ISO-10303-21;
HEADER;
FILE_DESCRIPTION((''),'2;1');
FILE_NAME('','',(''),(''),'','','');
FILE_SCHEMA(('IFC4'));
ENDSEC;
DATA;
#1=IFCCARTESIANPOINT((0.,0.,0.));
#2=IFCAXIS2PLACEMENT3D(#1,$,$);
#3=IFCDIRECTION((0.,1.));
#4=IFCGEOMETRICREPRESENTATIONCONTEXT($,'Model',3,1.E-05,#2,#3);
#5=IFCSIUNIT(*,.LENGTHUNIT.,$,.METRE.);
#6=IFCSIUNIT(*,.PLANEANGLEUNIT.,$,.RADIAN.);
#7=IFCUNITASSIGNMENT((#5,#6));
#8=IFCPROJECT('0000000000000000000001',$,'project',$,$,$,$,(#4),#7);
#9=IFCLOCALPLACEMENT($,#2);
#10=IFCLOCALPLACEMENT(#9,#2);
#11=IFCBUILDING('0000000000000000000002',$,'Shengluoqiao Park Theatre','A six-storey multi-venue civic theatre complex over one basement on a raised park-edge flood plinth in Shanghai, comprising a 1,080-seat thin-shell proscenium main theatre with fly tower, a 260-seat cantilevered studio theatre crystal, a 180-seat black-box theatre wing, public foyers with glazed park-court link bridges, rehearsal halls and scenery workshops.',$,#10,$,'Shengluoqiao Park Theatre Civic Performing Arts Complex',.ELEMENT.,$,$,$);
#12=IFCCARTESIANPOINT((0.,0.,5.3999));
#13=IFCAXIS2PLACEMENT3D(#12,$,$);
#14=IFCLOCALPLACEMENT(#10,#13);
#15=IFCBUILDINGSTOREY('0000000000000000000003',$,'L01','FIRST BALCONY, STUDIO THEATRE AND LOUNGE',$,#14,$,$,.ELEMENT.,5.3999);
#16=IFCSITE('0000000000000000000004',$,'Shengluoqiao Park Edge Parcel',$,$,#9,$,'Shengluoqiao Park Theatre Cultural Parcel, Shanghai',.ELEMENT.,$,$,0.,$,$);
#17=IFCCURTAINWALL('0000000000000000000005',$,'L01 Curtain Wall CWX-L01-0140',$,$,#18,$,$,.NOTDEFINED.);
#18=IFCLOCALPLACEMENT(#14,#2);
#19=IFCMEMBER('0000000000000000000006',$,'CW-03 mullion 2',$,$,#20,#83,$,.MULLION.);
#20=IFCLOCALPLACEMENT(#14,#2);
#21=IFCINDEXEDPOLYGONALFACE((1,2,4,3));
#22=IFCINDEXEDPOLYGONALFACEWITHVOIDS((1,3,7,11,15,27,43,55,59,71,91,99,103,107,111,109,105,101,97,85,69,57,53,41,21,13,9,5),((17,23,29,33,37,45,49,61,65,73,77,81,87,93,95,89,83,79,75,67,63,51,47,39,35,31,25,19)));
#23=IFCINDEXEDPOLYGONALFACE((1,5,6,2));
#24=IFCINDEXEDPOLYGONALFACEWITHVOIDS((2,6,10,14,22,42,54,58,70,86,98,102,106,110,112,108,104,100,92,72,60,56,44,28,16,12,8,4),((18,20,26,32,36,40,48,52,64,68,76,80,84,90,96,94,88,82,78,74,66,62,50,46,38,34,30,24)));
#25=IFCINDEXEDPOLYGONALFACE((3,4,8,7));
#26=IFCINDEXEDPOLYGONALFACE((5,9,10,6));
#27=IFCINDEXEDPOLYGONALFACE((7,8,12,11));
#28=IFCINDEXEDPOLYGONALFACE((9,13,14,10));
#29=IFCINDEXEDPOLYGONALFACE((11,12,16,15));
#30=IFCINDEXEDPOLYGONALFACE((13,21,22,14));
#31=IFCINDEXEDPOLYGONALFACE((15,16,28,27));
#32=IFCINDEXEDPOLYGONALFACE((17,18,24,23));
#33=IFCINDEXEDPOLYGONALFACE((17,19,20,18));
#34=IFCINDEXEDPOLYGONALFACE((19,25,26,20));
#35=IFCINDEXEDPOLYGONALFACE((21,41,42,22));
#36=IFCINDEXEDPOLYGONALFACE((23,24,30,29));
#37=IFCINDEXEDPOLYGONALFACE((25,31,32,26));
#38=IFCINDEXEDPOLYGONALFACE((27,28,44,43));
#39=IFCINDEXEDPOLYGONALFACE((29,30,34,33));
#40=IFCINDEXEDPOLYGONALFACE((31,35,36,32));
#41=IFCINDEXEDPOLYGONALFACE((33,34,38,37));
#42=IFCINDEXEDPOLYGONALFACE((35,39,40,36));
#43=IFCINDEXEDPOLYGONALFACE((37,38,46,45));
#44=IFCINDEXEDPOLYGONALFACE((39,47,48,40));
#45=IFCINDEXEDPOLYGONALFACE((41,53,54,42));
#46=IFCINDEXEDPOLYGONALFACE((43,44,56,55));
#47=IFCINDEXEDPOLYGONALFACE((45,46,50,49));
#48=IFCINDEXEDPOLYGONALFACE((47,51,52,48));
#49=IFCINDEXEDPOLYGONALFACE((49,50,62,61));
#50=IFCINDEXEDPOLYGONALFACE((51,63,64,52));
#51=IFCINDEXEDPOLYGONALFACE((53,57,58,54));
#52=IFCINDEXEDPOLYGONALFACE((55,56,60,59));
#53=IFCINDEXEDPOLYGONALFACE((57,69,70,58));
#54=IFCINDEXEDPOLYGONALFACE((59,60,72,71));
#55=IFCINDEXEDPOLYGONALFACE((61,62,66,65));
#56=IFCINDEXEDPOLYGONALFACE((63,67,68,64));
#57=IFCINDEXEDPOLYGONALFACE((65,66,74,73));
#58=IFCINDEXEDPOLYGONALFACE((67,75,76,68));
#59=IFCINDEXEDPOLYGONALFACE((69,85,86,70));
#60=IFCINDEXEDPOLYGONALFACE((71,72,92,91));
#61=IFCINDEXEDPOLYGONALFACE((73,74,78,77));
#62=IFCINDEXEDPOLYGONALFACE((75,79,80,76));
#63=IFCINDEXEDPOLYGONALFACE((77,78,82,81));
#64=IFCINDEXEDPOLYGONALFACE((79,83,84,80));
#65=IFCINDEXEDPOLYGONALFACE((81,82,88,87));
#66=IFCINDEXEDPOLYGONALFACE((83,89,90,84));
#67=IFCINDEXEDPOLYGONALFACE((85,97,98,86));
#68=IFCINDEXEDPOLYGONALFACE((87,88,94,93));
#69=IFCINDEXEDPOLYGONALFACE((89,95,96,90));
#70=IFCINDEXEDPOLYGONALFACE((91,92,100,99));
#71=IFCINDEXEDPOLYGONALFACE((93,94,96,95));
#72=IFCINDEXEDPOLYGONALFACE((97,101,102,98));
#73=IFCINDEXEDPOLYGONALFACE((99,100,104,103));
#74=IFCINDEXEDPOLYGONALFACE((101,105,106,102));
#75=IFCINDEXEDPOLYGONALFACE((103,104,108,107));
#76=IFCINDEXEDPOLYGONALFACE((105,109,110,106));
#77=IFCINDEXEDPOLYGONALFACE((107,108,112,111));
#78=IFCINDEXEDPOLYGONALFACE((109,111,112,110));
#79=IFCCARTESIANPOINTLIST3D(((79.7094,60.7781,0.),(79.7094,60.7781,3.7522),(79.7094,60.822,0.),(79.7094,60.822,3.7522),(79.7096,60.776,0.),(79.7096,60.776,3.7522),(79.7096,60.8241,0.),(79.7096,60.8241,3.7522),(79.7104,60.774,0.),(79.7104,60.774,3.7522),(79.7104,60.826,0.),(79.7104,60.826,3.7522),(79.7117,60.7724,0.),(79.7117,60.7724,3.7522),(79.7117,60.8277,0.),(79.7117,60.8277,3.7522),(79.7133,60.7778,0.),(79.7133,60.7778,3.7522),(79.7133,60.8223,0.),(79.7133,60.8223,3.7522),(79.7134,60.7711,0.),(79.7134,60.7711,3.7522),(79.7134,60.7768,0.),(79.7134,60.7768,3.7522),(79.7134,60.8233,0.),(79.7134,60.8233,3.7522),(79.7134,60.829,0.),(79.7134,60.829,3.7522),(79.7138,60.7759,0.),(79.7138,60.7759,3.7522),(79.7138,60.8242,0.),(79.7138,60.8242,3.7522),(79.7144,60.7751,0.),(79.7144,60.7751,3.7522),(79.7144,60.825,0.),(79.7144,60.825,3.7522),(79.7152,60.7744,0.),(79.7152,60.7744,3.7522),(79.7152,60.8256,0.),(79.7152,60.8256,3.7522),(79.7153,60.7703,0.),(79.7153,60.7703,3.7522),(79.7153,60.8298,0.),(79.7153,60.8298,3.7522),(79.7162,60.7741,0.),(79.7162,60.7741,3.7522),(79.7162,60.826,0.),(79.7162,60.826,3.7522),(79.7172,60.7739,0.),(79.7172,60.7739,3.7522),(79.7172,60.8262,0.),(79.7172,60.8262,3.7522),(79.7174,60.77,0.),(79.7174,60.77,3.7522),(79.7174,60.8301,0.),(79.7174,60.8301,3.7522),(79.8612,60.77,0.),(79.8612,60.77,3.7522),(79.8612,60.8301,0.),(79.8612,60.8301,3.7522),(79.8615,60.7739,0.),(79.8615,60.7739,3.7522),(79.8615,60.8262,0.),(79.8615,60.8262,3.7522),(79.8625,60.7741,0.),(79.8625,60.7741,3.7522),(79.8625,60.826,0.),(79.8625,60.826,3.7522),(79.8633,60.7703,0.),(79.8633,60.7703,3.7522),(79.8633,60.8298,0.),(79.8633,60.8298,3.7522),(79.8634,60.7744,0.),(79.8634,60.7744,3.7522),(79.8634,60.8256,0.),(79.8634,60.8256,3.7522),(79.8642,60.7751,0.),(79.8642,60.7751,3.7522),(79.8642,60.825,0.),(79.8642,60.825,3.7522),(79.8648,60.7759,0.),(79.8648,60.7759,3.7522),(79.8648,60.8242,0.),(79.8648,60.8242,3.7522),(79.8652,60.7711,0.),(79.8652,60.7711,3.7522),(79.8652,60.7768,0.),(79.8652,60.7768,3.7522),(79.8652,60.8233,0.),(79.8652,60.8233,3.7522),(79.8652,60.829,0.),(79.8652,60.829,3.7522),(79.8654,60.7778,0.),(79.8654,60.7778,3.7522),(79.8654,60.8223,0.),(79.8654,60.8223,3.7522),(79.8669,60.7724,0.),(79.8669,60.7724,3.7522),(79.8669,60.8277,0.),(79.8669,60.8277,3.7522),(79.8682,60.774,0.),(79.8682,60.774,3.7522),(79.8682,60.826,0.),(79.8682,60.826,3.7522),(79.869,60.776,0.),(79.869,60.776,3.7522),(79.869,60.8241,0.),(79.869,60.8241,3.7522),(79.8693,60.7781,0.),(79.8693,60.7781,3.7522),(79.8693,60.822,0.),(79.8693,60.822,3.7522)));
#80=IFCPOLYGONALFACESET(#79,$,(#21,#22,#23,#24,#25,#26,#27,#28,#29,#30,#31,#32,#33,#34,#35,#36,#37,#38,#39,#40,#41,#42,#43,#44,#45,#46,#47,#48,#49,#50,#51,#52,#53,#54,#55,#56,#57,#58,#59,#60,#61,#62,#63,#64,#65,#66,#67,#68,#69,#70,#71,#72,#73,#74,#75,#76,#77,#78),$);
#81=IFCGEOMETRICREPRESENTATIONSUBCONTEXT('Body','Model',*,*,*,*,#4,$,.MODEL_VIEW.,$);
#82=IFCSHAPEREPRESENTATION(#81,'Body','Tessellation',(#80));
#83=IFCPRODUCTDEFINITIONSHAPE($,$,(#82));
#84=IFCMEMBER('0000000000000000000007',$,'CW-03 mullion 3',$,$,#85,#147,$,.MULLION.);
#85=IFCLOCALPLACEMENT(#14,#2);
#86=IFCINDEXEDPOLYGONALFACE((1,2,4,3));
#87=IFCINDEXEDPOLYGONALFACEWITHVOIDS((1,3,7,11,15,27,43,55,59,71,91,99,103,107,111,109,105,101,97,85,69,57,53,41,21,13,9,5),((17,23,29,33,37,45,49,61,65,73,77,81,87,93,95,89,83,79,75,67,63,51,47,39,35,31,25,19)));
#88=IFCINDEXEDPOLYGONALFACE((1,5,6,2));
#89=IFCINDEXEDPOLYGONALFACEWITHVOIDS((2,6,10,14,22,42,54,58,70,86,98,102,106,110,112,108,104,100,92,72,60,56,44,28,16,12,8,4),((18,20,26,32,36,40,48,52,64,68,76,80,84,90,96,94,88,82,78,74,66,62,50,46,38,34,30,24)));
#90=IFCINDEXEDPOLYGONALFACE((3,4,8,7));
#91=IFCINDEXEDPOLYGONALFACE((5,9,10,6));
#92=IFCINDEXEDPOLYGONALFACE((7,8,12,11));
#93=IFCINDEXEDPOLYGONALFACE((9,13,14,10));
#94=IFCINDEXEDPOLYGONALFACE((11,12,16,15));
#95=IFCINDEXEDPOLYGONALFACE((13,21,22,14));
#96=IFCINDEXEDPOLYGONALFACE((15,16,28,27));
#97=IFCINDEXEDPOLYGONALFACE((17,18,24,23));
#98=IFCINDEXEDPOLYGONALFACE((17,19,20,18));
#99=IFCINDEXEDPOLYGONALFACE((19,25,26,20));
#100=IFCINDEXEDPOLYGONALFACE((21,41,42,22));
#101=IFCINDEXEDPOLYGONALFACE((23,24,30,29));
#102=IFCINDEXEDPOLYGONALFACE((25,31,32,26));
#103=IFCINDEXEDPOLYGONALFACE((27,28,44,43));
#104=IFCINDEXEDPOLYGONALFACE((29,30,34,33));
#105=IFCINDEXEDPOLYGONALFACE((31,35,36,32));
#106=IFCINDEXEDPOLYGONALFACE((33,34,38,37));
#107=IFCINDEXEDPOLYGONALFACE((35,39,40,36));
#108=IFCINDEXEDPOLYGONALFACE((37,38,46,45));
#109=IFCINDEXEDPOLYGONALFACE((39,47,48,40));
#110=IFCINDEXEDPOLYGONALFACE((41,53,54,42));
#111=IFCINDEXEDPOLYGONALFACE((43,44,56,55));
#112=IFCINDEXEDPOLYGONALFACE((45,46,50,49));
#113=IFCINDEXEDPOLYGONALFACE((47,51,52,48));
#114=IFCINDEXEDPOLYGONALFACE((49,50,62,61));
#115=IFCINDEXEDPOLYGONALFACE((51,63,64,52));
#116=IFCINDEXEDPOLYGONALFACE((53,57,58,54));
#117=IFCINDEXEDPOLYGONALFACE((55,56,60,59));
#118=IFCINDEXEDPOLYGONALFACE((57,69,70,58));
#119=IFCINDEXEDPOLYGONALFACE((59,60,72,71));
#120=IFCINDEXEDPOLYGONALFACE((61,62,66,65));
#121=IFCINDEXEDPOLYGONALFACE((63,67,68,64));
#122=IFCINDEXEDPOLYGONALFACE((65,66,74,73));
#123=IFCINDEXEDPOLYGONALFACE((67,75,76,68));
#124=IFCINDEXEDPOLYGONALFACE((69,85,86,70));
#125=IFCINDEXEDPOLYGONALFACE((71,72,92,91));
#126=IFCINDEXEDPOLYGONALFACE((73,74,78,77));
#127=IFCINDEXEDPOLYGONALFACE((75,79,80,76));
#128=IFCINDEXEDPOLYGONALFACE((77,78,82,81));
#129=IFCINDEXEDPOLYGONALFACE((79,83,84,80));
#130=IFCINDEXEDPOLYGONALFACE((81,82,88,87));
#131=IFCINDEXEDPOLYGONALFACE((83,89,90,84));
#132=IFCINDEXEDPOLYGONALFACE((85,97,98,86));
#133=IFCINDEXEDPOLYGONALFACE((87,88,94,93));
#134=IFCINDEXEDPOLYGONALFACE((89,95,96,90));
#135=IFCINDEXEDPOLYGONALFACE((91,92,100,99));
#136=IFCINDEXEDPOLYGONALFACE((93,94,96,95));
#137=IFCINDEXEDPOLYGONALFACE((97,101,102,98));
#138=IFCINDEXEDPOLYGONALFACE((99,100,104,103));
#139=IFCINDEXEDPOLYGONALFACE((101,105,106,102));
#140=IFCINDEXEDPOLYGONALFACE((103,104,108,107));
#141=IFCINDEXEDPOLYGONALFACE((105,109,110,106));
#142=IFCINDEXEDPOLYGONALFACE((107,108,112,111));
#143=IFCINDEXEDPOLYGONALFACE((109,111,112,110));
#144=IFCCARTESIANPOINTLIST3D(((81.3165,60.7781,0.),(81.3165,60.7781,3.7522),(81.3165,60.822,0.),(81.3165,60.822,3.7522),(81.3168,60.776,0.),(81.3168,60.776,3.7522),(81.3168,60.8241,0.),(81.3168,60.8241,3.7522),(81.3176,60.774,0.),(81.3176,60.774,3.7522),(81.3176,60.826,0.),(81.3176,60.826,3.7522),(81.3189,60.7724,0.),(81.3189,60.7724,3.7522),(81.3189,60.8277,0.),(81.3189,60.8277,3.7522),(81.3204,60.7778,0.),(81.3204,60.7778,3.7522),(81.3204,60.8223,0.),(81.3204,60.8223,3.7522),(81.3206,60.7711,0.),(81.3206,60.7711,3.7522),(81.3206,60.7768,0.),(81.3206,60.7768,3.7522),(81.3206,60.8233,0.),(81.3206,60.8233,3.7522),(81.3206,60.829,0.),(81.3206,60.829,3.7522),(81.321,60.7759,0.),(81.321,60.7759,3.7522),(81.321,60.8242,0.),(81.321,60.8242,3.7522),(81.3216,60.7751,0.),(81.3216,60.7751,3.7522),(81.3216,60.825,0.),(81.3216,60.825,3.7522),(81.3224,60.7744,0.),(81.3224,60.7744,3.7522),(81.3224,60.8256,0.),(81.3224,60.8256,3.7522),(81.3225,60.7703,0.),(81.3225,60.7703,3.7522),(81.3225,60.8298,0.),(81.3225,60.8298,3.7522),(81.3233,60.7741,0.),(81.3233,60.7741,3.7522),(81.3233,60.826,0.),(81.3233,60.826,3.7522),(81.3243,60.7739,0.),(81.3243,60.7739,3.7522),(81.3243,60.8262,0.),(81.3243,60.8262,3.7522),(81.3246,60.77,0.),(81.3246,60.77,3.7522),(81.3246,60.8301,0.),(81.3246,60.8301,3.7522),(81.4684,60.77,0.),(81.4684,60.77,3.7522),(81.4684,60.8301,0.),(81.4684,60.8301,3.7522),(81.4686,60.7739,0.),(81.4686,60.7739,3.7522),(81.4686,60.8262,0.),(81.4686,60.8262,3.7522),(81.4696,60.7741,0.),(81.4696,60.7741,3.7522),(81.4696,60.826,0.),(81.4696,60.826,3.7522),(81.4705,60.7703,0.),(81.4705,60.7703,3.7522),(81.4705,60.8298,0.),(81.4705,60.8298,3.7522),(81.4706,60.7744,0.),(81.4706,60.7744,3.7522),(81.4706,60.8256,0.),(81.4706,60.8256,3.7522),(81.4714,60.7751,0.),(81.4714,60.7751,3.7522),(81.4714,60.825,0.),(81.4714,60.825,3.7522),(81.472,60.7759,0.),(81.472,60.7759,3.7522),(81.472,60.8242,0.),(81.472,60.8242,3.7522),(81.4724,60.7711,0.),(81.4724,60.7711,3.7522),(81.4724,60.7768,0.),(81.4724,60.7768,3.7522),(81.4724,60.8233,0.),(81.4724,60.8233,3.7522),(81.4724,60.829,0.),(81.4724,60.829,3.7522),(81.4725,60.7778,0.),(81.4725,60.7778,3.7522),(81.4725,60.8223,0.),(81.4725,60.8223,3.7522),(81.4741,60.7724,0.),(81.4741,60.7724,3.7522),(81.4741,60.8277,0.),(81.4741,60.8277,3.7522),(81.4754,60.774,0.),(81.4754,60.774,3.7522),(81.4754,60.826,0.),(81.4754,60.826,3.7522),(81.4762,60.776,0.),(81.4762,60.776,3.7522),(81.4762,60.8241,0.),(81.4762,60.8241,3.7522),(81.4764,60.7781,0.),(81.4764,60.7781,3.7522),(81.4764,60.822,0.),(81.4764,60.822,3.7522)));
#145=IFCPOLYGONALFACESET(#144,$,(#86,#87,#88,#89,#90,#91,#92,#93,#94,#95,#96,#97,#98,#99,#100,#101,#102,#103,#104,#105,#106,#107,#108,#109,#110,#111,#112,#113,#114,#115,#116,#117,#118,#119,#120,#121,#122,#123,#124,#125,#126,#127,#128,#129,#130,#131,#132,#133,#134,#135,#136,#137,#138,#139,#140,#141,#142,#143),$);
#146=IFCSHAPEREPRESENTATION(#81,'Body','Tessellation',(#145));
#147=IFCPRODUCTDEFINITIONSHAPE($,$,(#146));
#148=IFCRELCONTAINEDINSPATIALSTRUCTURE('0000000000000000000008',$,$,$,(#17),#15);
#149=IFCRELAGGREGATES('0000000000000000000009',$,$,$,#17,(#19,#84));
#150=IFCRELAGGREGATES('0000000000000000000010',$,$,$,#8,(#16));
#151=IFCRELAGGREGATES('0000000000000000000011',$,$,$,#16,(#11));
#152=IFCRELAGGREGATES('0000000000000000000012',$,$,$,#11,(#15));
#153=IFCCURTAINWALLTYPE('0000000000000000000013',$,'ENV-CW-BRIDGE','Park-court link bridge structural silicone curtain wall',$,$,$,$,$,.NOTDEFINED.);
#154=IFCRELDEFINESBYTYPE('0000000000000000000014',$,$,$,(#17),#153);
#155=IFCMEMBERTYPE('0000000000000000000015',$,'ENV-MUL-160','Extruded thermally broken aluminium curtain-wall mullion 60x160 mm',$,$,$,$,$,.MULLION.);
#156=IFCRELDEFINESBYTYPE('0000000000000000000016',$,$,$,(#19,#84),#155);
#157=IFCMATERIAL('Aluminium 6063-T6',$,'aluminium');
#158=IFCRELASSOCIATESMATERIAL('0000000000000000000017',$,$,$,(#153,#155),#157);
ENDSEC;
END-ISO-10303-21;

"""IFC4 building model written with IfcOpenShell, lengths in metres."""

from ifc_helpers import new_model, si_unit, direction, frame, origin, origin_2d, place, context, subcontext, project, spatial, hollow_rectangle, extrude, material, material_profile, profile_set, type_object, element, aggregate, save


model = new_model("IFC4")

# Units and contexts
model_context = context("Model", 3, precision=1e-05, world=origin(), true_north=direction((0.0, 1.0)))
body_context = subcontext(model_context, "Body", "Model", "MODEL_VIEW")
ifc_project = project(units=[si_unit("LENGTHUNIT", "METRE"), si_unit("PLANEANGLEUNIT", "RADIAN")], contexts=[model_context])

# Site, building, storey
site_placement = place(None, origin())
site = spatial("IfcSite", under=ifc_project, at=site_placement, Name="Shengluoqiao Park Edge Parcel", LongName="Shengluoqiao Park Theatre Cultural Parcel, Shanghai", CompositionType="ELEMENT", RefElevation=0.0)
building_placement = place(site_placement, origin())
building = spatial("IfcBuilding", under=site, at=building_placement, Name="Shengluoqiao Park Theatre", Description="A six-storey multi-venue civic theatre complex over one basement on a raised park-edge flood plinth in Shanghai, comprising a 1,080-seat thin-shell proscenium main theatre with fly tower, a 260-seat cantilevered studio theatre crystal, a 180-seat black-box theatre wing, public foyers with glazed park-court link bridges, rehearsal halls and scenery workshops.", LongName="Shengluoqiao Park Theatre Civic Performing Arts Complex", CompositionType="ELEMENT")
storey_placement = place(building_placement, frame((0.0, 0.0, 5.3999)))
storey = spatial("IfcBuildingStorey", under=building, at=storey_placement, Name="L01", Description="FIRST BALCONY, STUDIO THEATRE AND LOUNGE", CompositionType="ELEMENT", Elevation=5.3999)

# Shared definitions
ifc_material_1 = material(Name="Aluminium 6063-T6", Category="aluminium")
curtain_wall_type = type_object("IfcCurtainWallType", Name="ENV-CW-BRIDGE", Description="Park-court link bridge structural silicone curtain wall", PredefinedType="NOTDEFINED", material=ifc_material_1)
ifc_material_profile_1 = material_profile(ifc_material_1, hollow_rectangle(XDim=0.0601, YDim=0.1599, WallThickness=0.0039, InnerFilletRadius=0.0039, OuterFilletRadius=0.0081, at=origin_2d()), Name="ALU MULLION 160x60x4")
ifc_profile_set_1 = profile_set([ifc_material_profile_1], Name="Aluminium 6063-T6")
member_type_1 = type_object("IfcMemberType", Name="ENV-MUL-160", Description="Extruded thermally broken aluminium curtain-wall mullion 60x160 mm", PredefinedType="MULLION", material=ifc_profile_set_1)

# Curtain wall, members
curtain_wall_1_placement = place(storey_placement, origin())
curtain_wall_1 = element("IfcCurtainWall", 1, at=curtain_wall_1_placement, inside=storey, type_object=curtain_wall_type, Name="L01 Curtain Wall CWX-L01-0140", PredefinedType="NOTDEFINED")
member_1_placement = place(storey_placement, frame((79.7893, 60.8, 0.0), z_axis=(0.0, 0.0, 1.0), x_axis=(0.0, 1.0, 0.0)))
member_1 = element("IfcMember", 2, at=member_1_placement, type_object=member_type_1, Name="CW-03 mullion 2", PredefinedType="MULLION", context=body_context, shape_type="SweptSolid", body=[
    extrude(hollow_rectangle(XDim=0.0601, YDim=0.1599, WallThickness=0.0039, InnerFilletRadius=0.0039, OuterFilletRadius=0.0081, at=origin_2d()), origin(), (0.0, 0.0, 1.0), 3.7522),
])
member_2_placement = place(storey_placement, frame((81.3965, 60.8, 0.0), z_axis=(0.0, 0.0, 1.0), x_axis=(0.0, 1.0, 0.0)))
member_2 = element("IfcMember", 3, at=member_2_placement, type_object=member_type_1, Name="CW-03 mullion 3", PredefinedType="MULLION", context=body_context, shape_type="SweptSolid", body=[
    extrude(hollow_rectangle(XDim=0.0601, YDim=0.1599, WallThickness=0.0039, InnerFilletRadius=0.0039, OuterFilletRadius=0.0081, at=origin_2d()), origin(), (0.0, 0.0, 1.0), 3.7522),
])

aggregate(curtain_wall_1, [member_1, member_2])

save(model, "model.ifc")
